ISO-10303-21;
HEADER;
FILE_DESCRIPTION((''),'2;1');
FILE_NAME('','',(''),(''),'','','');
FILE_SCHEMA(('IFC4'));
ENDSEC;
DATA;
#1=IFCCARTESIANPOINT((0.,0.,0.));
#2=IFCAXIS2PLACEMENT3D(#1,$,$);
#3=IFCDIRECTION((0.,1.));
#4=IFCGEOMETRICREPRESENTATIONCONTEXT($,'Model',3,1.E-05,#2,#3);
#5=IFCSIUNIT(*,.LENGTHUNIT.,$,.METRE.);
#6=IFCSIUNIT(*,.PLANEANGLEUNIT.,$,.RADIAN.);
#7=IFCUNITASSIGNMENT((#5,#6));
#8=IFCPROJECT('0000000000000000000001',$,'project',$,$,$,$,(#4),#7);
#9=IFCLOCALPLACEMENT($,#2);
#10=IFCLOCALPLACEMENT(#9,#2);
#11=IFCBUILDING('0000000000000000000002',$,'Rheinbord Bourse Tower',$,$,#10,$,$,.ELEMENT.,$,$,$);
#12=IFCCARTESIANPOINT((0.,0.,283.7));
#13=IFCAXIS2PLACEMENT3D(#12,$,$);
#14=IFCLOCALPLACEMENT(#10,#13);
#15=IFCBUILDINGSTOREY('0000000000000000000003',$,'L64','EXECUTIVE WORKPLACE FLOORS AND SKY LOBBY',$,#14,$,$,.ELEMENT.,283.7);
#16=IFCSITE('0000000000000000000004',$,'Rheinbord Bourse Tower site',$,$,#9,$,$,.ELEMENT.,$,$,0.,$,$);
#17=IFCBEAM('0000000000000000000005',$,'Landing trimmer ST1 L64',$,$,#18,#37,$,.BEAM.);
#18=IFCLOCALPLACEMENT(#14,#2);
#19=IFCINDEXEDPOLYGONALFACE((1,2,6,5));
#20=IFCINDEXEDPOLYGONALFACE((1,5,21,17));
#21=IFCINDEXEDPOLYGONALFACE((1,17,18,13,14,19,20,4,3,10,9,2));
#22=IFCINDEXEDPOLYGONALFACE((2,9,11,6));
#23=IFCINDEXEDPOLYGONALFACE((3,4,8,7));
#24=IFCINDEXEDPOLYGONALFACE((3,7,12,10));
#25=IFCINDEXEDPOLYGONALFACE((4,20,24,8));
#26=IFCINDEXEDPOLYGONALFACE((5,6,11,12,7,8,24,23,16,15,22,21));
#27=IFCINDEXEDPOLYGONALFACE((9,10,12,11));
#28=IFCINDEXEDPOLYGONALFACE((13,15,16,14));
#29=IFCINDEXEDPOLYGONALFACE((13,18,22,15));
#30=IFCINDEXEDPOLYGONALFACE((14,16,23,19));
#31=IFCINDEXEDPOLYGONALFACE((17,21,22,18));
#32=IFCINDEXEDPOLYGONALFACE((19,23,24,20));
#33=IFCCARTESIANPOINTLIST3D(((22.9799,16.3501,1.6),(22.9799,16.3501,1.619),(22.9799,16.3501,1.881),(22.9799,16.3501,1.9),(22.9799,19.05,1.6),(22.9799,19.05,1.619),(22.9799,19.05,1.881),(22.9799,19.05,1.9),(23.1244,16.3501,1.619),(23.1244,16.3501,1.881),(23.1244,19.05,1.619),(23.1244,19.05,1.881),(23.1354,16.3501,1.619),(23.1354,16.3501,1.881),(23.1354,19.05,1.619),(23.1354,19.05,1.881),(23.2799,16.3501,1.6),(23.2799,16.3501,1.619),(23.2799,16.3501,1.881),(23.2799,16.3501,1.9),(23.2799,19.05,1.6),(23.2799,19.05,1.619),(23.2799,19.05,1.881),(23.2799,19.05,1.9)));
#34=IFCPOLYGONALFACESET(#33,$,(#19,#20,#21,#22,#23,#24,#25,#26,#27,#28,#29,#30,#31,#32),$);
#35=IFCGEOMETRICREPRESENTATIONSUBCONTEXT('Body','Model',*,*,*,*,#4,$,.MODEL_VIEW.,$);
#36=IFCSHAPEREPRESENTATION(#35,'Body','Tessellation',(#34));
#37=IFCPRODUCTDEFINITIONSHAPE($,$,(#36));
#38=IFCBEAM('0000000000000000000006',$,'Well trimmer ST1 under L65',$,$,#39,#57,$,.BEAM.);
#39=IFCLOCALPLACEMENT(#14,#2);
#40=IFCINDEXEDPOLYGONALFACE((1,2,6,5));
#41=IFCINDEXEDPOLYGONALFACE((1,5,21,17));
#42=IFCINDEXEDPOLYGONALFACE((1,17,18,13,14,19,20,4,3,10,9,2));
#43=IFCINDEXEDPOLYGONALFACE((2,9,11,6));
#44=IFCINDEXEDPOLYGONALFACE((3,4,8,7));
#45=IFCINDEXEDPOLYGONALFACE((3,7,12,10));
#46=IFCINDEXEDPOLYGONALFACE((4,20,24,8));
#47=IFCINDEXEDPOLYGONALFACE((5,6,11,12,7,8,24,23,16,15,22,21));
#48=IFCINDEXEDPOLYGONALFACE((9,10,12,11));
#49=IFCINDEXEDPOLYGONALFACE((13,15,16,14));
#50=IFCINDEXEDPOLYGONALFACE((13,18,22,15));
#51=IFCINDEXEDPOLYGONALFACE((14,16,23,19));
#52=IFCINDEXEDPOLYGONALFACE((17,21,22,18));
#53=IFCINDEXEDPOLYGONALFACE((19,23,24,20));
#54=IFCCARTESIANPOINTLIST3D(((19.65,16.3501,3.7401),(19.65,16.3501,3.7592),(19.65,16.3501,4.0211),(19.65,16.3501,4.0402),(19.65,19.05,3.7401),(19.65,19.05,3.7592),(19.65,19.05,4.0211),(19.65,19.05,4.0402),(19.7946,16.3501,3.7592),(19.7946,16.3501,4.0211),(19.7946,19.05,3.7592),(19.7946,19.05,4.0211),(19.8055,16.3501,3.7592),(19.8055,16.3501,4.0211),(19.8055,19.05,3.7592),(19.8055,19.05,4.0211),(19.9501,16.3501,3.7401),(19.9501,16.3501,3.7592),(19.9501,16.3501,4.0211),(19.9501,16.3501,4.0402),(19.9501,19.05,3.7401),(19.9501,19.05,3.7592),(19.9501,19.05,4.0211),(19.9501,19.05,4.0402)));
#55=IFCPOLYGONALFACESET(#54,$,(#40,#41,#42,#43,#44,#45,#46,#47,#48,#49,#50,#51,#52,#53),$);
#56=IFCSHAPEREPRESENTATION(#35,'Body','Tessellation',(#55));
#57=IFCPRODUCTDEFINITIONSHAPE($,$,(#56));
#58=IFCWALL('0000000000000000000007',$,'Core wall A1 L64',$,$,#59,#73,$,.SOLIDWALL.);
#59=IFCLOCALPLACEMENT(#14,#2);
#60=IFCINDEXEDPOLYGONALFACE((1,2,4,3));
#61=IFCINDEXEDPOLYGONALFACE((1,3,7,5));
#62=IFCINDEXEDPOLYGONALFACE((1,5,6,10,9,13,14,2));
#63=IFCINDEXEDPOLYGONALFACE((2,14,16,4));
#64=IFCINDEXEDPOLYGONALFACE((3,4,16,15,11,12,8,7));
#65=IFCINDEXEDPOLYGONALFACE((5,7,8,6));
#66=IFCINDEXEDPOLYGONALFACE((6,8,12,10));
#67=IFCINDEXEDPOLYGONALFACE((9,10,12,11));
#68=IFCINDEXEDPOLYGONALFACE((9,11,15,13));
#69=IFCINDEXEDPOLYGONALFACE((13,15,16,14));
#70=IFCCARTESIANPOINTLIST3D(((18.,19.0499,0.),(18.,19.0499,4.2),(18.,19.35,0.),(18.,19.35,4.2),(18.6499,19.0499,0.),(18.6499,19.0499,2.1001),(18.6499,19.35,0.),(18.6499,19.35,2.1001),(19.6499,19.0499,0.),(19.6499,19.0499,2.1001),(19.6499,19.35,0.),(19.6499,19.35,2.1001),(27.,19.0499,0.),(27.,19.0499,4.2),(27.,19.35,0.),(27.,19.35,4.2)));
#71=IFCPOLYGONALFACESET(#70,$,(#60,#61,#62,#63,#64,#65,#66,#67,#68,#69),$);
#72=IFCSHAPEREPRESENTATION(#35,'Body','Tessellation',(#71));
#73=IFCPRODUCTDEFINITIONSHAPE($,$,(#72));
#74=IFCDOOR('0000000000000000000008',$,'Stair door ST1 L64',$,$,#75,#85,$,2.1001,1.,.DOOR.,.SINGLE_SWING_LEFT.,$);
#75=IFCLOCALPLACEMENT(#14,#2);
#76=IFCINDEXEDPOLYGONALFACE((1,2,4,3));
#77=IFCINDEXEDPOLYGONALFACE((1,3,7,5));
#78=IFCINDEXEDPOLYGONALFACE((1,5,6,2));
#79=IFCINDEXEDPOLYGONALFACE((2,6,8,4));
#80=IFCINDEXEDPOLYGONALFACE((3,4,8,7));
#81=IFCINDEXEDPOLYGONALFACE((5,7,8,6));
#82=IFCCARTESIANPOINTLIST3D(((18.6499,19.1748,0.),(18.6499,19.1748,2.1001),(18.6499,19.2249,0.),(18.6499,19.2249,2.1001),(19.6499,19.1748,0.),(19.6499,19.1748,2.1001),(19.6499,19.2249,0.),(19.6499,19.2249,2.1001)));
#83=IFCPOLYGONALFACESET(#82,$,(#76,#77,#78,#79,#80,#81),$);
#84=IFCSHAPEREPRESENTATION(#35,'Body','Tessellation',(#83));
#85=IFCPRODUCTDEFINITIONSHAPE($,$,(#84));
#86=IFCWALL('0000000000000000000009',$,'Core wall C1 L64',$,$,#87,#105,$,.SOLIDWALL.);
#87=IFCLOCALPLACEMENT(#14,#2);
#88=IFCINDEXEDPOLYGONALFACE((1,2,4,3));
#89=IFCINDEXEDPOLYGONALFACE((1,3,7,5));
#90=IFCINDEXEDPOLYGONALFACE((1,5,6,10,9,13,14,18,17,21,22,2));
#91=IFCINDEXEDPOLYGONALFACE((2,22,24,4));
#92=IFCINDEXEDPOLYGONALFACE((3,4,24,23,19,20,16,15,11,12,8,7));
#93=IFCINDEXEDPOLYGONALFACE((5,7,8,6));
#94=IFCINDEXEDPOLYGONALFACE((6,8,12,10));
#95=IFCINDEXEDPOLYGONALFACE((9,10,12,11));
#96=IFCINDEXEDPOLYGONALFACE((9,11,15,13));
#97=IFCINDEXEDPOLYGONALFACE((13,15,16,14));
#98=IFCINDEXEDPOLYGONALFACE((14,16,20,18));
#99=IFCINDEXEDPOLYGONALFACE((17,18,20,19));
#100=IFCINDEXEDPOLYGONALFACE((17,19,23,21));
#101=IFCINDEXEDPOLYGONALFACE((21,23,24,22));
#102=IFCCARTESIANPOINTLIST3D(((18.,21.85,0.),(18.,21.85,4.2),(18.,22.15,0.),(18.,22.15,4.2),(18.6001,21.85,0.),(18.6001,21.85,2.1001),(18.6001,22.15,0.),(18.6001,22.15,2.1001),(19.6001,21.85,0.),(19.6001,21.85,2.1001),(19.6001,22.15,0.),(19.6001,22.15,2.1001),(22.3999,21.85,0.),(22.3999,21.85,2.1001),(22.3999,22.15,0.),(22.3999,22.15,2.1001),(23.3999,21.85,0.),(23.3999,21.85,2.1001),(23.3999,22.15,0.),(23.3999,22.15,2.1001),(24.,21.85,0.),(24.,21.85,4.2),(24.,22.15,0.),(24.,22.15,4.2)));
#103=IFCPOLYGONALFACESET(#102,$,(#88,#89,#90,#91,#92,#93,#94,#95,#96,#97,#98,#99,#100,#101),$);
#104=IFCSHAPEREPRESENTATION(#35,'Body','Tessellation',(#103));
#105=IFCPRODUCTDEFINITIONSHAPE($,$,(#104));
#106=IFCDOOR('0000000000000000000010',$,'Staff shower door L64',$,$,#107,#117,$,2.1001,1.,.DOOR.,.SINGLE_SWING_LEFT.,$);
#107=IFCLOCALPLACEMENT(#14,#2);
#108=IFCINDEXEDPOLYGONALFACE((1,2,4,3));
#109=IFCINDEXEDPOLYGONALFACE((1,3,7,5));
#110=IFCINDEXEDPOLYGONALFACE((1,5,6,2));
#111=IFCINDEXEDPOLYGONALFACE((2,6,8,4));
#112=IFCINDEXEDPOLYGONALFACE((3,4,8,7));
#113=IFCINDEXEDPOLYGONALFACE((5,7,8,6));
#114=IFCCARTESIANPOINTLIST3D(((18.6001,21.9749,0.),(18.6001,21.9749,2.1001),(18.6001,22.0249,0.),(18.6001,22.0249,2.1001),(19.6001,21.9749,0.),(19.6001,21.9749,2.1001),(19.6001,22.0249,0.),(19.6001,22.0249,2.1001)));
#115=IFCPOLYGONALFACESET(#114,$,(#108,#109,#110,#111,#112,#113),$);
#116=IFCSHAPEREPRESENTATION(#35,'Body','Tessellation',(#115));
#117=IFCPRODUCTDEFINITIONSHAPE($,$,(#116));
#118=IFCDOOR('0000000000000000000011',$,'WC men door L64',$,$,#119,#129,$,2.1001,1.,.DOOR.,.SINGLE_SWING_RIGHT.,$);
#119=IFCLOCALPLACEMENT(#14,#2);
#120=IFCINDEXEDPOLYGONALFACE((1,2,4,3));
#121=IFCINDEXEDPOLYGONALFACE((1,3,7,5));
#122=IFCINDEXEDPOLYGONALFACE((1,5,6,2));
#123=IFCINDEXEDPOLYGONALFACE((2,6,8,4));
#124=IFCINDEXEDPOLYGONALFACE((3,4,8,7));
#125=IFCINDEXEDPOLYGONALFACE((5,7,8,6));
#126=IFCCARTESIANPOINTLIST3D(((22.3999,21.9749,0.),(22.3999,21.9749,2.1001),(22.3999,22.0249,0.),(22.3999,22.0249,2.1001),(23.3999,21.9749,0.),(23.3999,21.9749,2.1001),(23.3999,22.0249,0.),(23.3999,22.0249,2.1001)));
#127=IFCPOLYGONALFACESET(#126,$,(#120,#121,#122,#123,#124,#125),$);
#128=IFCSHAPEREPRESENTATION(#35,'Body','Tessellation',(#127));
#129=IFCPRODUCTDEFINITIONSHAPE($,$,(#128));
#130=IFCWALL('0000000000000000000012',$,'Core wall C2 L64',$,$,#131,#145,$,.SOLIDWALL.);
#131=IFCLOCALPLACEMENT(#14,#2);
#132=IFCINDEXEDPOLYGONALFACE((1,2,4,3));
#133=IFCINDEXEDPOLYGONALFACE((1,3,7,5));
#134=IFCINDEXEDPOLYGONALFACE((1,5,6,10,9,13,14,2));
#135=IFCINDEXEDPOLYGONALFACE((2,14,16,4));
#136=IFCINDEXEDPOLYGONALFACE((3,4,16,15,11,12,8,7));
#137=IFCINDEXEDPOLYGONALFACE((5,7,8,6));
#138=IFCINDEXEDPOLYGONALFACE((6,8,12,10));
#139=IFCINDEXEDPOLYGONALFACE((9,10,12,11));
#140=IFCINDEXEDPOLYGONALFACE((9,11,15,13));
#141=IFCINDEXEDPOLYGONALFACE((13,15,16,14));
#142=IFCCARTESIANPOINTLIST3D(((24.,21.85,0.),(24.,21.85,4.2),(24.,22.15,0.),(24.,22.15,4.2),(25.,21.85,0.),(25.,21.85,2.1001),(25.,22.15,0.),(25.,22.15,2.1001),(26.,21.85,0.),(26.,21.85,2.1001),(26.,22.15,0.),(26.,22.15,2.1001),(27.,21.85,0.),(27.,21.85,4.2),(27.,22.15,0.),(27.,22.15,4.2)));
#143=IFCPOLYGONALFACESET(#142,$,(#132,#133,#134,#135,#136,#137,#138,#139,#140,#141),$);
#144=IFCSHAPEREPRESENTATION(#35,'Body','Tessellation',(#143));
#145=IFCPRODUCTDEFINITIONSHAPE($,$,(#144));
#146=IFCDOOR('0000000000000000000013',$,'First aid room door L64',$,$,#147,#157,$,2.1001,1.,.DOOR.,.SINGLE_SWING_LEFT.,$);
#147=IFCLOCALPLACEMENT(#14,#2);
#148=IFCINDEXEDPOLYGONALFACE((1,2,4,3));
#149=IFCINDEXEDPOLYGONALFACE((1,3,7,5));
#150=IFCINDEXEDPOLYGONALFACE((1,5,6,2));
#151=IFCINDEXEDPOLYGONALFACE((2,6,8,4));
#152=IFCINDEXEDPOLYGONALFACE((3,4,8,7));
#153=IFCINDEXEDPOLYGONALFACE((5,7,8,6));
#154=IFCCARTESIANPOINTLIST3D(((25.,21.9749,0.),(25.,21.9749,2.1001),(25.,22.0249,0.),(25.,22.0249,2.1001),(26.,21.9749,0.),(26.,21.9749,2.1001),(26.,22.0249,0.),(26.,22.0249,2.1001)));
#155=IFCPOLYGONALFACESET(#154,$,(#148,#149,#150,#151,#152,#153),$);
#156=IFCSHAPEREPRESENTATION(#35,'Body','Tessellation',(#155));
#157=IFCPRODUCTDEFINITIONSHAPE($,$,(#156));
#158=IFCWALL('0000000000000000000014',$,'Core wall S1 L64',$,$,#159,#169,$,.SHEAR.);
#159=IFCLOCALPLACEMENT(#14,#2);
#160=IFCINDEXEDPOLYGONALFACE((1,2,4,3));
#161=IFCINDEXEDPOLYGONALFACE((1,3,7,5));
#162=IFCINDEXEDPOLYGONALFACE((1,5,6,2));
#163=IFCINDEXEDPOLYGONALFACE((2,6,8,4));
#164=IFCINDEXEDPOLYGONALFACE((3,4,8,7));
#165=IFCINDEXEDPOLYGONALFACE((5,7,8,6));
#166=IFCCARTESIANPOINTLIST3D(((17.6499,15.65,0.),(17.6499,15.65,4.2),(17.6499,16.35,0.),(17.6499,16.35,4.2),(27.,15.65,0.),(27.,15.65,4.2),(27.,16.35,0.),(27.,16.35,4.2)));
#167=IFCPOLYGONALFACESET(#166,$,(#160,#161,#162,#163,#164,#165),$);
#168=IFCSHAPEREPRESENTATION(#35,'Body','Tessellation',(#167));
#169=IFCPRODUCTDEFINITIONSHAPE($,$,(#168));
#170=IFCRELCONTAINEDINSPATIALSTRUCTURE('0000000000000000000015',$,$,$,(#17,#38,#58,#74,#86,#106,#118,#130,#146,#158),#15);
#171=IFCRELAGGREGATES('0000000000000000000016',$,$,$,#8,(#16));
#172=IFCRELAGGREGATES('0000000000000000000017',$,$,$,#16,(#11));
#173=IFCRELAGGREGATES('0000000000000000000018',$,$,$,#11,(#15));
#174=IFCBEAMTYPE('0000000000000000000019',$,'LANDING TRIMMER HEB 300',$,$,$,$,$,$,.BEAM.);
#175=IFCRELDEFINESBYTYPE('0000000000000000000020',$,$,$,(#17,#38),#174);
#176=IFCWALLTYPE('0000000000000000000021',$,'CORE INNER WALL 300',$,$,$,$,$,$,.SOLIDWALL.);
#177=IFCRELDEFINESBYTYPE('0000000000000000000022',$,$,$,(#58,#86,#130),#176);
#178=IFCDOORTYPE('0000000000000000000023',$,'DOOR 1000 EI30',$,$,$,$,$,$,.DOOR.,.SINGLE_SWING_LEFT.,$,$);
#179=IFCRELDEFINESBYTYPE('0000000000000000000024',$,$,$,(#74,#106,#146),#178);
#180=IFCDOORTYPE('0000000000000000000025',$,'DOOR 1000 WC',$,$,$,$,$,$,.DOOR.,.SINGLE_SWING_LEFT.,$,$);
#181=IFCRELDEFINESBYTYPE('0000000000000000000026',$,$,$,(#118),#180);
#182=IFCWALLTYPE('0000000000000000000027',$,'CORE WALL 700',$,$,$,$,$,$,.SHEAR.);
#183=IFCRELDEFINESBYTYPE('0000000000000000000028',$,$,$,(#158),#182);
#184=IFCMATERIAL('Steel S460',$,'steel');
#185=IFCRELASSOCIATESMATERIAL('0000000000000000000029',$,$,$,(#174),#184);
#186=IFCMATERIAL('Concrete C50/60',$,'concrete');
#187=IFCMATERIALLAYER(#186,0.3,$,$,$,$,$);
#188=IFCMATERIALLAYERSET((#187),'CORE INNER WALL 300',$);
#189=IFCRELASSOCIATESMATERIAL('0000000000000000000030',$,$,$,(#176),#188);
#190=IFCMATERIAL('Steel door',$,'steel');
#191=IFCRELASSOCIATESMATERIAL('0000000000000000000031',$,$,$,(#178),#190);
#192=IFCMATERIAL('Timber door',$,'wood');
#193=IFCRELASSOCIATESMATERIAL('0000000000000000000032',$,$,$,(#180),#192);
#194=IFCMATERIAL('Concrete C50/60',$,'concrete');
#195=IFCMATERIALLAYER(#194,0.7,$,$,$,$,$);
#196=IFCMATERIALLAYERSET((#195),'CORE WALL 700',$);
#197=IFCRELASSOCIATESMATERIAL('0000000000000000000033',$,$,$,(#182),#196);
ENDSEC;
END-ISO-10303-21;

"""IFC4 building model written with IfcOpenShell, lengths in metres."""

from ifc_helpers import new_model, si_unit, direction, frame, frame_2d, origin, origin_2d, place, context, subcontext, project, spatial, rectangle, i_section, extrude, material, layer, layer_set, material_profile, profile_set, type_object, element, fill, save


model = new_model("IFC4")

# Units and contexts
model_context = context("Model", 3, precision=1e-05, world=origin(), true_north=direction((0.0, 1.0)))
body_context = subcontext(model_context, "Body", "Model", "MODEL_VIEW")
ifc_project = project(units=[si_unit("LENGTHUNIT", "METRE"), si_unit("PLANEANGLEUNIT", "RADIAN")], contexts=[model_context])

# Site, building, storey
site_placement = place(None, origin())
site = spatial("IfcSite", under=ifc_project, at=site_placement, Name="Rheinbord Bourse Tower site", CompositionType="ELEMENT", RefElevation=0.0)
building_placement = place(site_placement, origin())
building = spatial("IfcBuilding", under=site, at=building_placement, Name="Rheinbord Bourse Tower", CompositionType="ELEMENT")
storey_placement = place(building_placement, frame((0.0, 0.0, 283.7)))
storey = spatial("IfcBuildingStorey", under=building, at=storey_placement, Name="L64", Description="EXECUTIVE WORKPLACE FLOORS AND SKY LOBBY", CompositionType="ELEMENT", Elevation=283.7)

# Beams
ifc_material_1 = material(Name="Steel S460", Category="steel")
ifc_material_profile = material_profile(ifc_material_1, i_section(OverallWidth=0.3, OverallDepth=0.3, WebThickness=0.011, FlangeThickness=0.019, at=origin_2d()), Name="HEB 300")
ifc_profile_set = profile_set([ifc_material_profile], Name="Steel S460")
beam_type = type_object("IfcBeamType", Name="LANDING TRIMMER HEB 300", PredefinedType="BEAM", material=ifc_profile_set)
for number, where, z_axis, x_axis, name in (
    (1, (23.1299, 16.3501, 1.75), (0.0, 1.0, 0.0), (-1.0, 0.0, 0.0), "Landing trimmer ST1 L64"),
    (2, (19.8, 16.3501, 3.8901), (0.0, 1.0, 0.0), (-1.0, 0.0, 0.0), "Well trimmer ST1 under L65"),
):
    element("IfcBeam", number, at=place(storey_placement, frame(where, z_axis=z_axis, x_axis=x_axis)), inside=storey, type_object=beam_type, Name=name, PredefinedType="BEAM", context=body_context, shape_type="SweptSolid", body=[
        extrude(i_section(OverallWidth=0.3, OverallDepth=0.3, WebThickness=0.011, FlangeThickness=0.019, at=origin_2d()), origin(), (0.0, 0.0, 1.0), 2.7),
    ])

# Wall, opening, door
ifc_material_2 = material(Name="Concrete C50/60", Category="concrete")
ifc_layer_1 = layer(ifc_material_2, 0.3)
ifc_layer_set_1 = layer_set([ifc_layer_1], Name="CORE INNER WALL 300")
wall_type_1 = type_object("IfcWallType", Name="CORE INNER WALL 300", PredefinedType="SOLIDWALL", material=ifc_layer_set_1)
wall_1_placement = place(storey_placement, frame((18.0, 19.2, 0.0), z_axis=(0.0, 0.0, 1.0), x_axis=(1.0, 0.0, 0.0)))
wall_1 = element("IfcWall", 3, at=wall_1_placement, inside=storey, type_object=wall_type_1, Name="Core wall A1 L64", PredefinedType="SOLIDWALL", context=body_context, shape_type="SweptSolid", body=[
    extrude(rectangle(XDim=9.0, YDim=0.3, at=frame_2d((4.5, 0.0))), origin(), (0.0, 0.0, 1.0), 4.2),
])
opening_1_placement = place(wall_1_placement, frame((0.6499, 0.0, 0.0)))
opening_1 = element("IfcOpeningElement", 4, at=opening_1_placement, cuts=wall_1, PredefinedType="OPENING", context=body_context, shape_type="SweptSolid", body=[
    extrude(rectangle(XDim=1.0, YDim=2.1001, at=frame_2d((0.5, 1.05))), frame((0.0, 0.1599, 0.0), z_axis=(0.0, -1.0, 0.0), x_axis=(1.0, 0.0, 0.0)), (0.0, 0.0, 1.0), 0.3201),
])
ifc_material_3 = material(Name="Steel door", Category="steel")
door_type_1 = type_object("IfcDoorType", Name="DOOR 1000 EI30", OperationType="SINGLE_SWING_LEFT", PredefinedType="DOOR", material=ifc_material_3)
door_1_placement = place(opening_1_placement, origin())
door_1 = element("IfcDoor", 5, at=door_1_placement, inside=storey, type_object=door_type_1, Name="Stair door ST1 L64", OperationType="SINGLE_SWING_LEFT", OverallHeight=2.1001, OverallWidth=1.0, PredefinedType="DOOR", context=body_context, shape_type="SweptSolid", body=[
    extrude(rectangle(XDim=1.0, YDim=2.1001, at=frame_2d((0.5, 1.05))), frame((0.0, 0.0249, 0.0), z_axis=(0.0, -1.0, 0.0), x_axis=(1.0, 0.0, 0.0)), (0.0, 0.0, 1.0), 0.05),
])
fill(opening_1, door_1)

# Wall, openings, doors
wall_2_placement = place(storey_placement, frame((18.0, 22.0, 0.0), z_axis=(0.0, 0.0, 1.0), x_axis=(1.0, 0.0, 0.0)))
wall_2 = element("IfcWall", 6, at=wall_2_placement, inside=storey, type_object=wall_type_1, Name="Core wall C1 L64", PredefinedType="SOLIDWALL", context=body_context, shape_type="SweptSolid", body=[
    extrude(rectangle(XDim=6.0, YDim=0.3, at=frame_2d((3.0, 0.0))), origin(), (0.0, 0.0, 1.0), 4.2),
])
opening_2_placement = place(wall_2_placement, frame((4.3999, 0.0, 0.0)))
opening_2 = element("IfcOpeningElement", 7, at=opening_2_placement, cuts=wall_2, PredefinedType="OPENING", context=body_context, shape_type="SweptSolid", body=[
    extrude(rectangle(XDim=1.0, YDim=2.1001, at=frame_2d((0.5, 1.05))), frame((0.0, 0.1599, 0.0), z_axis=(0.0, -1.0, 0.0), x_axis=(1.0, 0.0, 0.0)), (0.0, 0.0, 1.0), 0.3201),
])
opening_3_placement = place(wall_2_placement, frame((0.6001, 0.0, 0.0)))
opening_3 = element("IfcOpeningElement", 8, at=opening_3_placement, cuts=wall_2, PredefinedType="OPENING", context=body_context, shape_type="SweptSolid", body=[
    extrude(rectangle(XDim=1.0, YDim=2.1001, at=frame_2d((0.5, 1.05))), frame((0.0, 0.1599, 0.0), z_axis=(0.0, -1.0, 0.0), x_axis=(1.0, 0.0, 0.0)), (0.0, 0.0, 1.0), 0.3201),
])
door_2_placement = place(opening_3_placement, origin())
door_2 = element("IfcDoor", 9, at=door_2_placement, inside=storey, type_object=door_type_1, Name="Staff shower door L64", OperationType="SINGLE_SWING_LEFT", OverallHeight=2.1001, OverallWidth=1.0, PredefinedType="DOOR", context=body_context, shape_type="SweptSolid", body=[
    extrude(rectangle(XDim=1.0, YDim=2.1001, at=frame_2d((0.5, 1.05))), frame((0.0, 0.0249, 0.0), z_axis=(0.0, -1.0, 0.0), x_axis=(1.0, 0.0, 0.0)), (0.0, 0.0, 1.0), 0.05),
])
fill(opening_3, door_2)
ifc_material_4 = material(Name="Timber door", Category="wood")
door_type_2 = type_object("IfcDoorType", Name="DOOR 1000 WC", OperationType="SINGLE_SWING_LEFT", PredefinedType="DOOR", material=ifc_material_4)
door_3_placement = place(opening_2_placement, origin())
door_3 = element("IfcDoor", 10, at=door_3_placement, inside=storey, type_object=door_type_2, Name="WC men door L64", OperationType="SINGLE_SWING_RIGHT", OverallHeight=2.1001, OverallWidth=1.0, PredefinedType="DOOR", context=body_context, shape_type="SweptSolid", body=[
    extrude(rectangle(XDim=1.0, YDim=2.1001, at=frame_2d((0.5, 1.05))), frame((0.0, 0.0249, 0.0), z_axis=(0.0, -1.0, 0.0), x_axis=(1.0, 0.0, 0.0)), (0.0, 0.0, 1.0), 0.05),
])
fill(opening_2, door_3)

# Wall, opening, door
wall_3_placement = place(storey_placement, frame((24.0, 22.0, 0.0), z_axis=(0.0, 0.0, 1.0), x_axis=(1.0, 0.0, 0.0)))
wall_3 = element("IfcWall", 11, at=wall_3_placement, inside=storey, type_object=wall_type_1, Name="Core wall C2 L64", PredefinedType="SOLIDWALL", context=body_context, shape_type="SweptSolid", body=[
    extrude(rectangle(XDim=3.0, YDim=0.3, at=frame_2d((1.5, 0.0))), origin(), (0.0, 0.0, 1.0), 4.2),
])
opening_4_placement = place(wall_3_placement, frame((1.0, 0.0, 0.0)))
opening_4 = element("IfcOpeningElement", 12, at=opening_4_placement, cuts=wall_3, PredefinedType="OPENING", context=body_context, shape_type="SweptSolid", body=[
    extrude(rectangle(XDim=1.0, YDim=2.1001, at=frame_2d((0.5, 1.05))), frame((0.0, 0.1599, 0.0), z_axis=(0.0, -1.0, 0.0), x_axis=(1.0, 0.0, 0.0)), (0.0, 0.0, 1.0), 0.3201),
])
door_4_placement = place(opening_4_placement, origin())
door_4 = element("IfcDoor", 13, at=door_4_placement, inside=storey, type_object=door_type_1, Name="First aid room door L64", OperationType="SINGLE_SWING_LEFT", OverallHeight=2.1001, OverallWidth=1.0, PredefinedType="DOOR", context=body_context, shape_type="SweptSolid", body=[
    extrude(rectangle(XDim=1.0, YDim=2.1001, at=frame_2d((0.5, 1.05))), frame((0.0, 0.0249, 0.0), z_axis=(0.0, -1.0, 0.0), x_axis=(1.0, 0.0, 0.0)), (0.0, 0.0, 1.0), 0.05),
])
fill(opening_4, door_4)

# Wall
ifc_material_5 = material(Name="Concrete C50/60", Category="concrete")
ifc_layer_2 = layer(ifc_material_5, 0.7)
ifc_layer_set_2 = layer_set([ifc_layer_2], Name="CORE WALL 700")
wall_type_2 = type_object("IfcWallType", Name="CORE WALL 700", PredefinedType="SHEAR", material=ifc_layer_set_2)
wall_4_placement = place(storey_placement, frame((17.6499, 16.0, 0.0), z_axis=(0.0, 0.0, 1.0), x_axis=(1.0, 0.0, 0.0)))
element("IfcWall", 14, at=wall_4_placement, inside=storey, type_object=wall_type_2, Name="Core wall S1 L64", PredefinedType="SHEAR", context=body_context, shape_type="SweptSolid", body=[
    extrude(rectangle(XDim=9.3501, YDim=0.7, at=frame_2d((4.675, 0.0))), origin(), (0.0, 0.0, 1.0), 4.2),
])

save(model, "model.ifc")
